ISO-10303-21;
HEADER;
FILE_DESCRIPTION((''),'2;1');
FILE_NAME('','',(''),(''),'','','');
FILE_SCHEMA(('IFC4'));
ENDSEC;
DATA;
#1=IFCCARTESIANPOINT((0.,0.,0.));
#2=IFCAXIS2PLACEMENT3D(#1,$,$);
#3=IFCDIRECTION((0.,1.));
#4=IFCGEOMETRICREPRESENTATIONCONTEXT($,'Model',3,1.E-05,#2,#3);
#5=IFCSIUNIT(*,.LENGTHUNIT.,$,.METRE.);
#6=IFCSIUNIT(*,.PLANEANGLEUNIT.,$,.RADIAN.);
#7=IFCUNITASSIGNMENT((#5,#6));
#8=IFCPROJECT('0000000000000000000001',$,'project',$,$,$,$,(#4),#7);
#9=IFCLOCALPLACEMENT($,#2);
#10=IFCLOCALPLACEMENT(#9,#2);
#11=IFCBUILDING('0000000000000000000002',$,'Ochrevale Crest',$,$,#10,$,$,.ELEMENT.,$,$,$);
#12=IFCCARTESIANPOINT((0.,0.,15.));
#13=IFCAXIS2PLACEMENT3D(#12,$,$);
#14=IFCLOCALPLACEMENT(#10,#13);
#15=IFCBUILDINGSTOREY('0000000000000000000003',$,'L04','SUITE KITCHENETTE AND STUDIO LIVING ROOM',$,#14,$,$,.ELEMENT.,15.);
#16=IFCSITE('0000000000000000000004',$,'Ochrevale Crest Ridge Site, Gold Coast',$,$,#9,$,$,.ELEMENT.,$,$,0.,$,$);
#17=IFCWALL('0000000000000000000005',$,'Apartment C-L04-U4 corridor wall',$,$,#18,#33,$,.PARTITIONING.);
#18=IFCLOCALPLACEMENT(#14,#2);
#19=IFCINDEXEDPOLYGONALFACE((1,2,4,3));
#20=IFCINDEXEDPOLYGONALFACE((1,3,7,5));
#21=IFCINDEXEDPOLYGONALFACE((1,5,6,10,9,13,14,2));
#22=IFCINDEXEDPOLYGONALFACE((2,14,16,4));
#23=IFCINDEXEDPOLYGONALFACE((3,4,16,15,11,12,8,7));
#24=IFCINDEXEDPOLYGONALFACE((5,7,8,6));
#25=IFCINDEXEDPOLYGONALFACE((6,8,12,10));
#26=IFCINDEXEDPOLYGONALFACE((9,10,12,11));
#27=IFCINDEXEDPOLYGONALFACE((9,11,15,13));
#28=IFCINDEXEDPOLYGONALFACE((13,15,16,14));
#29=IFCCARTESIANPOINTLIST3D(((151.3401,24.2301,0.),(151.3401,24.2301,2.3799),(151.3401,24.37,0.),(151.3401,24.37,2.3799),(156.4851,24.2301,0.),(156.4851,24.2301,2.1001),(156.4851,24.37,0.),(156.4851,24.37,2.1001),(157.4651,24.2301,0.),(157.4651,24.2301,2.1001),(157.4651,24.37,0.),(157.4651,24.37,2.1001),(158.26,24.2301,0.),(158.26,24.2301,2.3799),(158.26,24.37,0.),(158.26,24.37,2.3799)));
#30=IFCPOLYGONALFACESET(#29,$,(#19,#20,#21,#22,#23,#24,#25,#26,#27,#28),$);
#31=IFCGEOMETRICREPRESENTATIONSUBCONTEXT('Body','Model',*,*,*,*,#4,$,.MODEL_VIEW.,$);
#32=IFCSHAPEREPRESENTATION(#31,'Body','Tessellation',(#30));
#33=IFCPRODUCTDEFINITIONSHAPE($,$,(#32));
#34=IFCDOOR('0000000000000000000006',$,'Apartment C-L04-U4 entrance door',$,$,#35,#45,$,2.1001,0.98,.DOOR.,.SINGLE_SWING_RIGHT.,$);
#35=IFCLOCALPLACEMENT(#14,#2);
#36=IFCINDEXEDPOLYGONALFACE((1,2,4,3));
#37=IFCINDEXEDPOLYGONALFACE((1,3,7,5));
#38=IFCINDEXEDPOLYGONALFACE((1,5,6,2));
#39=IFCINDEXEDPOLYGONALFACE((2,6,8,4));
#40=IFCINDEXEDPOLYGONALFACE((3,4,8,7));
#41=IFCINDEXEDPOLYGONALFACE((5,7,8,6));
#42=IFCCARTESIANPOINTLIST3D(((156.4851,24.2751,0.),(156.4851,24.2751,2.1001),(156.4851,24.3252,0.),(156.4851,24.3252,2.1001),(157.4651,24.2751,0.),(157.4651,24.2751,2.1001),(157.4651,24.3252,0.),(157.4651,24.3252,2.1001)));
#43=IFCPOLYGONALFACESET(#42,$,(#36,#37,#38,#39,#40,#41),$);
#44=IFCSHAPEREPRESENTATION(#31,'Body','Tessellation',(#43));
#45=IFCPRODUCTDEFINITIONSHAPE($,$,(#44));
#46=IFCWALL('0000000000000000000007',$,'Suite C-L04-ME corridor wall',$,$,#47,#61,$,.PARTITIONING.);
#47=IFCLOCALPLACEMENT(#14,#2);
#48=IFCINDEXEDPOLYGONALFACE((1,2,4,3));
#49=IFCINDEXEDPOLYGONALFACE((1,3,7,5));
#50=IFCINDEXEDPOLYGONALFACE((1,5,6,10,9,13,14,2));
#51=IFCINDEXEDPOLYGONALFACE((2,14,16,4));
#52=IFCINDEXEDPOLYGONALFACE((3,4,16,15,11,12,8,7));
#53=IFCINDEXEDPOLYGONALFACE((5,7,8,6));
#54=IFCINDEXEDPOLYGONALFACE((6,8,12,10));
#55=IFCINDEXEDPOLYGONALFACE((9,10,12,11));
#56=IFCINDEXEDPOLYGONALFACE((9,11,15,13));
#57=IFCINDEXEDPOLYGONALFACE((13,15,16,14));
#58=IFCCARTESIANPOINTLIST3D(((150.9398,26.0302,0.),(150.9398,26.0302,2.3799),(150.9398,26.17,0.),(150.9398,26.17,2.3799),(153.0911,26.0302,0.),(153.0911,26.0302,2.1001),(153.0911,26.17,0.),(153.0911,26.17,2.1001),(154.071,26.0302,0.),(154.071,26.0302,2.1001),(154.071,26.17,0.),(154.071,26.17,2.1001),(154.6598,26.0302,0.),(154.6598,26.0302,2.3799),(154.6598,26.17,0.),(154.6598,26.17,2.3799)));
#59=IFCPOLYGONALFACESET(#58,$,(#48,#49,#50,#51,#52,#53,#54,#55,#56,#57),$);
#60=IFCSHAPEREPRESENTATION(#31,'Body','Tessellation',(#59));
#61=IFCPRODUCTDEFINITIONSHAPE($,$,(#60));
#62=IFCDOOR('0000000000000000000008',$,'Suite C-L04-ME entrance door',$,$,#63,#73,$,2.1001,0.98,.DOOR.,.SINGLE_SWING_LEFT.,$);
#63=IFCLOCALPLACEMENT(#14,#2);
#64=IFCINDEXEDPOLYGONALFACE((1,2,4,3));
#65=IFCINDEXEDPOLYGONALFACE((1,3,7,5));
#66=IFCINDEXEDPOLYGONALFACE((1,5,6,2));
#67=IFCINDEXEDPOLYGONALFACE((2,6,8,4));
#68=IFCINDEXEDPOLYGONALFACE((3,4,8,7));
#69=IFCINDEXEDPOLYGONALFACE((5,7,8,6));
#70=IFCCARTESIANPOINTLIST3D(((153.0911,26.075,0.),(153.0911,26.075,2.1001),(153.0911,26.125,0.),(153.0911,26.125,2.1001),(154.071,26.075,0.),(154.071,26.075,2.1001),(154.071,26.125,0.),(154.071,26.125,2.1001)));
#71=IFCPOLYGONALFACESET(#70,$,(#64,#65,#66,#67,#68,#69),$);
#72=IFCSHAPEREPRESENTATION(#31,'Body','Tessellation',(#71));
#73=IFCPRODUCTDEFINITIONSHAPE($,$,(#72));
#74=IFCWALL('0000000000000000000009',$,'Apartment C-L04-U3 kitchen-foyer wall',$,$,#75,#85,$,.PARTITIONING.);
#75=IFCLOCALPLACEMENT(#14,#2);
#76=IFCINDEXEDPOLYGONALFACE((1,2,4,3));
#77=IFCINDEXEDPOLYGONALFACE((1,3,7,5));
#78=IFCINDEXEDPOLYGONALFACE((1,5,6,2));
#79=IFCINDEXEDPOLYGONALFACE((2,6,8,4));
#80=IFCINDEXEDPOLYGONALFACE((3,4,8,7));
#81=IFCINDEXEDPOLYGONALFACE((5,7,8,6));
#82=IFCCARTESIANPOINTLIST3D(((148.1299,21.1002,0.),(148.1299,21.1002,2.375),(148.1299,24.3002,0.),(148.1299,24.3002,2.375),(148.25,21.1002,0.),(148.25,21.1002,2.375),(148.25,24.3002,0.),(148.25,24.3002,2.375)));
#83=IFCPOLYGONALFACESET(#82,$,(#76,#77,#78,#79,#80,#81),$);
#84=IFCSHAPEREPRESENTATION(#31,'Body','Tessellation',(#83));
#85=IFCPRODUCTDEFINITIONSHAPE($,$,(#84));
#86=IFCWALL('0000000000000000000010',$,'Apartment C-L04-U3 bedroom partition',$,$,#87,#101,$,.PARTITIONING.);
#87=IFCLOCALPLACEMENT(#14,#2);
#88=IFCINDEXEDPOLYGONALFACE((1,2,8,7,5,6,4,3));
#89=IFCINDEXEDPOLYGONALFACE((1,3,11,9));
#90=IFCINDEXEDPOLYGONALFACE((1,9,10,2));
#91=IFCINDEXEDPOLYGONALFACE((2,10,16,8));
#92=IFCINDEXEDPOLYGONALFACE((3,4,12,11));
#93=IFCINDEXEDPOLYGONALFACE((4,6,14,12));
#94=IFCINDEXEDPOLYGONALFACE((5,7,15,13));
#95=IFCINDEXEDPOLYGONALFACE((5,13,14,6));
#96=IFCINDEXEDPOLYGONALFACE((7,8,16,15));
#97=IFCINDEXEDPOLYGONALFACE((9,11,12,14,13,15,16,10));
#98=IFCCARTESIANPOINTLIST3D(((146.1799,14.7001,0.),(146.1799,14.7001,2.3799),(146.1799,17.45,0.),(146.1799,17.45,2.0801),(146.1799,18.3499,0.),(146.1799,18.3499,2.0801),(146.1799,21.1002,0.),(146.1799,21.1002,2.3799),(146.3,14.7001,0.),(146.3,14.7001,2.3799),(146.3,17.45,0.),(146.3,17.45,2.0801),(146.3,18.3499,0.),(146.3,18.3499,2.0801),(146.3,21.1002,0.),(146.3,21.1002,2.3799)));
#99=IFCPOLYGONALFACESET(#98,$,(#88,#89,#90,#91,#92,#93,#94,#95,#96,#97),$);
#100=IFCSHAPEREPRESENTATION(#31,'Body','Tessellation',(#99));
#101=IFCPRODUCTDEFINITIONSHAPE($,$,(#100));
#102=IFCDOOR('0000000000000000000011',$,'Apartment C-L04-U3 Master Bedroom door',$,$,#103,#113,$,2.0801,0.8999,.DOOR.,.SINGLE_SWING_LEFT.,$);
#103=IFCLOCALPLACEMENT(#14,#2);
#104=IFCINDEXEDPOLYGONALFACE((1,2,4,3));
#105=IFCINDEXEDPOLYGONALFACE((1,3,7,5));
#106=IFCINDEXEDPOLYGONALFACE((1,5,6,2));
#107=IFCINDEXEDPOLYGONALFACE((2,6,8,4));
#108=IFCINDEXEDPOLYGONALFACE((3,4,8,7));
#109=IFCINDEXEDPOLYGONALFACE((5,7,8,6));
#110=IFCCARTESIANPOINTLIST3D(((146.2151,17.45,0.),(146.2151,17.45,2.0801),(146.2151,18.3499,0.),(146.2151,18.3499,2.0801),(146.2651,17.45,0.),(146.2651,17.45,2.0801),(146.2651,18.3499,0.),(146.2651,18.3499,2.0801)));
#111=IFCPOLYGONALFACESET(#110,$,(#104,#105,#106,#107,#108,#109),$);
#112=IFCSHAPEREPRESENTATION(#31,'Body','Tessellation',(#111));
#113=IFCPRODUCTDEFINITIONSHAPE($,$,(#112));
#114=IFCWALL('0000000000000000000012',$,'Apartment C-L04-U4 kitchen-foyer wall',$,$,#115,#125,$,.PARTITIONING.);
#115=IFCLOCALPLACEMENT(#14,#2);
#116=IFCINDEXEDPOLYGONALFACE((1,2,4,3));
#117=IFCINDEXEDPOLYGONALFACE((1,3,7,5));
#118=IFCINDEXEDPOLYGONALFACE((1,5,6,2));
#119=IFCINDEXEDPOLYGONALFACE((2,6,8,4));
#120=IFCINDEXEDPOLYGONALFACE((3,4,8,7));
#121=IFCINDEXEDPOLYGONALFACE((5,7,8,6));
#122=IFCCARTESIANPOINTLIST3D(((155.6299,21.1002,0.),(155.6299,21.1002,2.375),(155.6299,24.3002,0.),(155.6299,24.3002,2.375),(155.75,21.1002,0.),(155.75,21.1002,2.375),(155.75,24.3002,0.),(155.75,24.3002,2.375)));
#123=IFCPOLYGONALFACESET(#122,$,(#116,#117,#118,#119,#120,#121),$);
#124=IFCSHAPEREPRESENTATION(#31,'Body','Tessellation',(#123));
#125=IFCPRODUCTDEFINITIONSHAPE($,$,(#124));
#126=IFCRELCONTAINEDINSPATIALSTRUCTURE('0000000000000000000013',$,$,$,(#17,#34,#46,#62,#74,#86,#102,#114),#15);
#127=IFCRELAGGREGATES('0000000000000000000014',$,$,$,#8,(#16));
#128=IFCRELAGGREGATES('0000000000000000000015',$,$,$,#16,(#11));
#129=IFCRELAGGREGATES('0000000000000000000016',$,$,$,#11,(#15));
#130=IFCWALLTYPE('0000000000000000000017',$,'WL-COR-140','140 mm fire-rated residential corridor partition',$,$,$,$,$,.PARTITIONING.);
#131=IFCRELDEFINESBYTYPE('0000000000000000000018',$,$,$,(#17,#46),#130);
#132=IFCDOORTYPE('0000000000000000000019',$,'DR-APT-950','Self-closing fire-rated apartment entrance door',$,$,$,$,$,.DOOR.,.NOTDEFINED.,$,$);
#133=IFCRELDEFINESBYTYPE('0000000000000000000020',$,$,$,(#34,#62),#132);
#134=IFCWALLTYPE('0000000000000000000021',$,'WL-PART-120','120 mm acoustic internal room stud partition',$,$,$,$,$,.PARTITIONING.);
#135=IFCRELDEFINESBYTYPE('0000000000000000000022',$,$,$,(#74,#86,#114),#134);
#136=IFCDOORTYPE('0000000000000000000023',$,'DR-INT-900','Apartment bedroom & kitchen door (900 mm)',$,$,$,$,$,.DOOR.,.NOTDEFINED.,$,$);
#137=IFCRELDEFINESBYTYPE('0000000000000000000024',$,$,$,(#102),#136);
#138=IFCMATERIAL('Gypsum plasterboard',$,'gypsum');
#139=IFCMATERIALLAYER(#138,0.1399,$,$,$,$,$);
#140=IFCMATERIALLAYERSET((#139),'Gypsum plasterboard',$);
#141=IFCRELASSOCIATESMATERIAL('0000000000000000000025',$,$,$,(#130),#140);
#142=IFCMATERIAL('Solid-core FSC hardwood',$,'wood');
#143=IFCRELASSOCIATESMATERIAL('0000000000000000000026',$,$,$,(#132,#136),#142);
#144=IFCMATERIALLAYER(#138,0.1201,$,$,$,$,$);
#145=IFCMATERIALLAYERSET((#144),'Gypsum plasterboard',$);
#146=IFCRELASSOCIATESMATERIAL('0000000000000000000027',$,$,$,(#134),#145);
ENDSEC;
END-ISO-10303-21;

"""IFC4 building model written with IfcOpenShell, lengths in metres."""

from ifc_helpers import new_model, si_unit, direction, frame, frame_2d, origin, place, context, subcontext, project, spatial, rectangle, extrude, material, layer, layer_set, type_object, element, fill, save


model = new_model("IFC4")

# Units and contexts
model_context = context("Model", 3, precision=1e-05, world=origin(), true_north=direction((0.0, 1.0)))
body_context = subcontext(model_context, "Body", "Model", "MODEL_VIEW")
ifc_project = project(units=[si_unit("LENGTHUNIT", "METRE"), si_unit("PLANEANGLEUNIT", "RADIAN")], contexts=[model_context])

# Site, building, storey
site_placement = place(None, origin())
site = spatial("IfcSite", under=ifc_project, at=site_placement, Name="Ochrevale Crest Ridge Site, Gold Coast", CompositionType="ELEMENT", RefElevation=0.0)
building_placement = place(site_placement, origin())
building = spatial("IfcBuilding", under=site, at=building_placement, Name="Ochrevale Crest", CompositionType="ELEMENT")
storey_placement = place(building_placement, frame((0.0, 0.0, 15.0)))
storey = spatial("IfcBuildingStorey", under=building, at=storey_placement, Name="L04", Description="SUITE KITCHENETTE AND STUDIO LIVING ROOM", CompositionType="ELEMENT", Elevation=15.0)

# Walls, openings, doors
ifc_material_1 = material(Name="Gypsum plasterboard", Category="gypsum")
ifc_layer_1 = layer(ifc_material_1, 0.1399)
ifc_layer_set_1 = layer_set([ifc_layer_1], Name="Gypsum plasterboard")
wall_type_1 = type_object("IfcWallType", Name="WL-COR-140", Description="140 mm fire-rated residential corridor partition", PredefinedType="PARTITIONING", material=ifc_layer_set_1)
wall_1_placement = place(storey_placement, frame((151.3401, 24.3, 0.0), z_axis=(0.0, 0.0, 1.0), x_axis=(1.0, 0.0, 0.0)))
wall_1 = element("IfcWall", 1, at=wall_1_placement, inside=storey, type_object=wall_type_1, Name="Apartment C-L04-U4 corridor wall", PredefinedType="PARTITIONING", context=body_context, shape_type="SweptSolid", body=[
    extrude(rectangle(XDim=6.9199, YDim=0.1399, at=frame_2d((3.46, 0.0))), origin(), (0.0, 0.0, 1.0), 2.3799),
])
opening_1_placement = place(wall_1_placement, frame((6.125, 0.0, 0.0), z_axis=(0.0, 0.0, 1.0), x_axis=(-1.0, 0.0, 0.0)))
opening_1 = element("IfcOpeningElement", 2, at=opening_1_placement, cuts=wall_1, PredefinedType="OPENING", context=body_context, shape_type="SweptSolid", body=[
    extrude(rectangle(XDim=0.98, YDim=2.1001, at=frame_2d((0.49, 1.05))), frame((0.0, 0.0801, 0.0), z_axis=(0.0, -1.0, 0.0), x_axis=(1.0, 0.0, 0.0)), (0.0, 0.0, 1.0), 0.1599),
])
ifc_material_2 = material(Name="Solid-core FSC hardwood", Category="wood")
door_type_1 = type_object("IfcDoorType", Name="DR-APT-950", Description="Self-closing fire-rated apartment entrance door", OperationType="NOTDEFINED", PredefinedType="DOOR", material=ifc_material_2)
door_1_placement = place(opening_1_placement, origin())
door_1 = element("IfcDoor", 3, at=door_1_placement, inside=storey, type_object=door_type_1, Name="Apartment C-L04-U4 entrance door", OperationType="SINGLE_SWING_RIGHT", OverallHeight=2.1001, OverallWidth=0.98, PredefinedType="DOOR", context=body_context, shape_type="SweptSolid", body=[
    extrude(rectangle(XDim=0.98, YDim=2.1001, at=frame_2d((0.49, 1.05))), frame((0.0, 0.0249, 0.0), z_axis=(0.0, -1.0, 0.0), x_axis=(1.0, 0.0, 0.0)), (0.0, 0.0, 1.0), 0.05),
])
fill(opening_1, door_1)
wall_2_placement = place(storey_placement, frame((150.9399, 26.1001, 0.0), z_axis=(0.0, 0.0, 1.0), x_axis=(1.0, 0.0, 0.0)))
wall_2 = element("IfcWall", 4, at=wall_2_placement, inside=storey, type_object=wall_type_1, Name="Suite C-L04-ME corridor wall", PredefinedType="PARTITIONING", context=body_context, shape_type="SweptSolid", body=[
    extrude(rectangle(XDim=3.72, YDim=0.1399, at=frame_2d((1.8599, 0.0))), origin(), (0.0, 0.0, 1.0), 2.3799),
])
opening_2_placement = place(wall_2_placement, frame((2.1511, 0.0, 0.0)))
opening_2 = element("IfcOpeningElement", 5, at=opening_2_placement, cuts=wall_2, PredefinedType="OPENING", context=body_context, shape_type="SweptSolid", body=[
    extrude(rectangle(XDim=0.98, YDim=2.1001, at=frame_2d((0.49, 1.05))), frame((0.0, 0.0801, 0.0), z_axis=(0.0, -1.0, 0.0), x_axis=(1.0, 0.0, 0.0)), (0.0, 0.0, 1.0), 0.1599),
])
door_2_placement = place(opening_2_placement, origin())
door_2 = element("IfcDoor", 6, at=door_2_placement, inside=storey, type_object=door_type_1, Name="Suite C-L04-ME entrance door", OperationType="SINGLE_SWING_LEFT", OverallHeight=2.1001, OverallWidth=0.98, PredefinedType="DOOR", context=body_context, shape_type="SweptSolid", body=[
    extrude(rectangle(XDim=0.98, YDim=2.1001, at=frame_2d((0.49, 1.05))), frame((0.0, 0.0249, 0.0), z_axis=(0.0, -1.0, 0.0), x_axis=(1.0, 0.0, 0.0)), (0.0, 0.0, 1.0), 0.05),
])
fill(opening_2, door_2)

# Wall
ifc_layer_2 = layer(ifc_material_1, 0.1201)
ifc_layer_set_2 = layer_set([ifc_layer_2], Name="Gypsum plasterboard")
wall_type_2 = type_object("IfcWallType", Name="WL-PART-120", Description="120 mm acoustic internal room stud partition", PredefinedType="PARTITIONING", material=ifc_layer_set_2)
wall_3_placement = place(storey_placement, frame((148.1899, 21.1001, 0.0), z_axis=(0.0, 0.0, 1.0), x_axis=(0.0, 1.0, 0.0)))
element("IfcWall", 7, at=wall_3_placement, inside=storey, type_object=wall_type_2, Name="Apartment C-L04-U3 kitchen-foyer wall", PredefinedType="PARTITIONING", context=body_context, shape_type="SweptSolid", body=[
    extrude(rectangle(XDim=3.2, YDim=0.1201, at=frame_2d((1.6001, 0.0))), origin(), (0.0, 0.0, 1.0), 2.375),
])

# Wall, opening, door
wall_4_placement = place(storey_placement, frame((146.24, 14.7, 0.0), z_axis=(0.0, 0.0, 1.0), x_axis=(0.0, 1.0, 0.0)))
wall_4 = element("IfcWall", 8, at=wall_4_placement, inside=storey, type_object=wall_type_2, Name="Apartment C-L04-U3 bedroom partition", PredefinedType="PARTITIONING", context=body_context, shape_type="SweptSolid", body=[
    extrude(rectangle(XDim=6.4001, YDim=0.1201, at=frame_2d((3.2002, 0.0))), origin(), (0.0, 0.0, 1.0), 2.3799),
])
opening_3_placement = place(wall_4_placement, frame((2.75, 0.0, 0.0)))
opening_3 = element("IfcOpeningElement", 9, at=opening_3_placement, cuts=wall_4, PredefinedType="OPENING", context=body_context, shape_type="SweptSolid", body=[
    extrude(rectangle(XDim=0.8999, YDim=2.0801, at=frame_2d((0.45, 1.04))), frame((0.0, 0.0701, 0.0), z_axis=(0.0, -1.0, 0.0), x_axis=(1.0, 0.0, 0.0)), (0.0, 0.0, 1.0), 0.1401),
])
door_type_2 = type_object("IfcDoorType", Name="DR-INT-900", Description="Apartment bedroom & kitchen door (900 mm)", OperationType="NOTDEFINED", PredefinedType="DOOR", material=ifc_material_2)
door_3_placement = place(opening_3_placement, origin())
door_3 = element("IfcDoor", 10, at=door_3_placement, inside=storey, type_object=door_type_2, Name="Apartment C-L04-U3 Master Bedroom door", OperationType="SINGLE_SWING_LEFT", OverallHeight=2.0801, OverallWidth=0.8999, PredefinedType="DOOR", context=body_context, shape_type="SweptSolid", body=[
    extrude(rectangle(XDim=0.8999, YDim=2.0801, at=frame_2d((0.45, 1.04))), frame((0.0, 0.0249, 0.0), z_axis=(0.0, -1.0, 0.0), x_axis=(1.0, 0.0, 0.0)), (0.0, 0.0, 1.0), 0.05),
])
fill(opening_3, door_3)

# Wall
wall_5_placement = place(storey_placement, frame((155.6899, 21.1001, 0.0), z_axis=(0.0, 0.0, 1.0), x_axis=(0.0, 1.0, 0.0)))
element("IfcWall", 11, at=wall_5_placement, inside=storey, type_object=wall_type_2, Name="Apartment C-L04-U4 kitchen-foyer wall", PredefinedType="PARTITIONING", context=body_context, shape_type="SweptSolid", body=[
    extrude(rectangle(XDim=3.2, YDim=0.1201, at=frame_2d((1.6001, 0.0))), origin(), (0.0, 0.0, 1.0), 2.375),
])

save(model, "model.ifc")
